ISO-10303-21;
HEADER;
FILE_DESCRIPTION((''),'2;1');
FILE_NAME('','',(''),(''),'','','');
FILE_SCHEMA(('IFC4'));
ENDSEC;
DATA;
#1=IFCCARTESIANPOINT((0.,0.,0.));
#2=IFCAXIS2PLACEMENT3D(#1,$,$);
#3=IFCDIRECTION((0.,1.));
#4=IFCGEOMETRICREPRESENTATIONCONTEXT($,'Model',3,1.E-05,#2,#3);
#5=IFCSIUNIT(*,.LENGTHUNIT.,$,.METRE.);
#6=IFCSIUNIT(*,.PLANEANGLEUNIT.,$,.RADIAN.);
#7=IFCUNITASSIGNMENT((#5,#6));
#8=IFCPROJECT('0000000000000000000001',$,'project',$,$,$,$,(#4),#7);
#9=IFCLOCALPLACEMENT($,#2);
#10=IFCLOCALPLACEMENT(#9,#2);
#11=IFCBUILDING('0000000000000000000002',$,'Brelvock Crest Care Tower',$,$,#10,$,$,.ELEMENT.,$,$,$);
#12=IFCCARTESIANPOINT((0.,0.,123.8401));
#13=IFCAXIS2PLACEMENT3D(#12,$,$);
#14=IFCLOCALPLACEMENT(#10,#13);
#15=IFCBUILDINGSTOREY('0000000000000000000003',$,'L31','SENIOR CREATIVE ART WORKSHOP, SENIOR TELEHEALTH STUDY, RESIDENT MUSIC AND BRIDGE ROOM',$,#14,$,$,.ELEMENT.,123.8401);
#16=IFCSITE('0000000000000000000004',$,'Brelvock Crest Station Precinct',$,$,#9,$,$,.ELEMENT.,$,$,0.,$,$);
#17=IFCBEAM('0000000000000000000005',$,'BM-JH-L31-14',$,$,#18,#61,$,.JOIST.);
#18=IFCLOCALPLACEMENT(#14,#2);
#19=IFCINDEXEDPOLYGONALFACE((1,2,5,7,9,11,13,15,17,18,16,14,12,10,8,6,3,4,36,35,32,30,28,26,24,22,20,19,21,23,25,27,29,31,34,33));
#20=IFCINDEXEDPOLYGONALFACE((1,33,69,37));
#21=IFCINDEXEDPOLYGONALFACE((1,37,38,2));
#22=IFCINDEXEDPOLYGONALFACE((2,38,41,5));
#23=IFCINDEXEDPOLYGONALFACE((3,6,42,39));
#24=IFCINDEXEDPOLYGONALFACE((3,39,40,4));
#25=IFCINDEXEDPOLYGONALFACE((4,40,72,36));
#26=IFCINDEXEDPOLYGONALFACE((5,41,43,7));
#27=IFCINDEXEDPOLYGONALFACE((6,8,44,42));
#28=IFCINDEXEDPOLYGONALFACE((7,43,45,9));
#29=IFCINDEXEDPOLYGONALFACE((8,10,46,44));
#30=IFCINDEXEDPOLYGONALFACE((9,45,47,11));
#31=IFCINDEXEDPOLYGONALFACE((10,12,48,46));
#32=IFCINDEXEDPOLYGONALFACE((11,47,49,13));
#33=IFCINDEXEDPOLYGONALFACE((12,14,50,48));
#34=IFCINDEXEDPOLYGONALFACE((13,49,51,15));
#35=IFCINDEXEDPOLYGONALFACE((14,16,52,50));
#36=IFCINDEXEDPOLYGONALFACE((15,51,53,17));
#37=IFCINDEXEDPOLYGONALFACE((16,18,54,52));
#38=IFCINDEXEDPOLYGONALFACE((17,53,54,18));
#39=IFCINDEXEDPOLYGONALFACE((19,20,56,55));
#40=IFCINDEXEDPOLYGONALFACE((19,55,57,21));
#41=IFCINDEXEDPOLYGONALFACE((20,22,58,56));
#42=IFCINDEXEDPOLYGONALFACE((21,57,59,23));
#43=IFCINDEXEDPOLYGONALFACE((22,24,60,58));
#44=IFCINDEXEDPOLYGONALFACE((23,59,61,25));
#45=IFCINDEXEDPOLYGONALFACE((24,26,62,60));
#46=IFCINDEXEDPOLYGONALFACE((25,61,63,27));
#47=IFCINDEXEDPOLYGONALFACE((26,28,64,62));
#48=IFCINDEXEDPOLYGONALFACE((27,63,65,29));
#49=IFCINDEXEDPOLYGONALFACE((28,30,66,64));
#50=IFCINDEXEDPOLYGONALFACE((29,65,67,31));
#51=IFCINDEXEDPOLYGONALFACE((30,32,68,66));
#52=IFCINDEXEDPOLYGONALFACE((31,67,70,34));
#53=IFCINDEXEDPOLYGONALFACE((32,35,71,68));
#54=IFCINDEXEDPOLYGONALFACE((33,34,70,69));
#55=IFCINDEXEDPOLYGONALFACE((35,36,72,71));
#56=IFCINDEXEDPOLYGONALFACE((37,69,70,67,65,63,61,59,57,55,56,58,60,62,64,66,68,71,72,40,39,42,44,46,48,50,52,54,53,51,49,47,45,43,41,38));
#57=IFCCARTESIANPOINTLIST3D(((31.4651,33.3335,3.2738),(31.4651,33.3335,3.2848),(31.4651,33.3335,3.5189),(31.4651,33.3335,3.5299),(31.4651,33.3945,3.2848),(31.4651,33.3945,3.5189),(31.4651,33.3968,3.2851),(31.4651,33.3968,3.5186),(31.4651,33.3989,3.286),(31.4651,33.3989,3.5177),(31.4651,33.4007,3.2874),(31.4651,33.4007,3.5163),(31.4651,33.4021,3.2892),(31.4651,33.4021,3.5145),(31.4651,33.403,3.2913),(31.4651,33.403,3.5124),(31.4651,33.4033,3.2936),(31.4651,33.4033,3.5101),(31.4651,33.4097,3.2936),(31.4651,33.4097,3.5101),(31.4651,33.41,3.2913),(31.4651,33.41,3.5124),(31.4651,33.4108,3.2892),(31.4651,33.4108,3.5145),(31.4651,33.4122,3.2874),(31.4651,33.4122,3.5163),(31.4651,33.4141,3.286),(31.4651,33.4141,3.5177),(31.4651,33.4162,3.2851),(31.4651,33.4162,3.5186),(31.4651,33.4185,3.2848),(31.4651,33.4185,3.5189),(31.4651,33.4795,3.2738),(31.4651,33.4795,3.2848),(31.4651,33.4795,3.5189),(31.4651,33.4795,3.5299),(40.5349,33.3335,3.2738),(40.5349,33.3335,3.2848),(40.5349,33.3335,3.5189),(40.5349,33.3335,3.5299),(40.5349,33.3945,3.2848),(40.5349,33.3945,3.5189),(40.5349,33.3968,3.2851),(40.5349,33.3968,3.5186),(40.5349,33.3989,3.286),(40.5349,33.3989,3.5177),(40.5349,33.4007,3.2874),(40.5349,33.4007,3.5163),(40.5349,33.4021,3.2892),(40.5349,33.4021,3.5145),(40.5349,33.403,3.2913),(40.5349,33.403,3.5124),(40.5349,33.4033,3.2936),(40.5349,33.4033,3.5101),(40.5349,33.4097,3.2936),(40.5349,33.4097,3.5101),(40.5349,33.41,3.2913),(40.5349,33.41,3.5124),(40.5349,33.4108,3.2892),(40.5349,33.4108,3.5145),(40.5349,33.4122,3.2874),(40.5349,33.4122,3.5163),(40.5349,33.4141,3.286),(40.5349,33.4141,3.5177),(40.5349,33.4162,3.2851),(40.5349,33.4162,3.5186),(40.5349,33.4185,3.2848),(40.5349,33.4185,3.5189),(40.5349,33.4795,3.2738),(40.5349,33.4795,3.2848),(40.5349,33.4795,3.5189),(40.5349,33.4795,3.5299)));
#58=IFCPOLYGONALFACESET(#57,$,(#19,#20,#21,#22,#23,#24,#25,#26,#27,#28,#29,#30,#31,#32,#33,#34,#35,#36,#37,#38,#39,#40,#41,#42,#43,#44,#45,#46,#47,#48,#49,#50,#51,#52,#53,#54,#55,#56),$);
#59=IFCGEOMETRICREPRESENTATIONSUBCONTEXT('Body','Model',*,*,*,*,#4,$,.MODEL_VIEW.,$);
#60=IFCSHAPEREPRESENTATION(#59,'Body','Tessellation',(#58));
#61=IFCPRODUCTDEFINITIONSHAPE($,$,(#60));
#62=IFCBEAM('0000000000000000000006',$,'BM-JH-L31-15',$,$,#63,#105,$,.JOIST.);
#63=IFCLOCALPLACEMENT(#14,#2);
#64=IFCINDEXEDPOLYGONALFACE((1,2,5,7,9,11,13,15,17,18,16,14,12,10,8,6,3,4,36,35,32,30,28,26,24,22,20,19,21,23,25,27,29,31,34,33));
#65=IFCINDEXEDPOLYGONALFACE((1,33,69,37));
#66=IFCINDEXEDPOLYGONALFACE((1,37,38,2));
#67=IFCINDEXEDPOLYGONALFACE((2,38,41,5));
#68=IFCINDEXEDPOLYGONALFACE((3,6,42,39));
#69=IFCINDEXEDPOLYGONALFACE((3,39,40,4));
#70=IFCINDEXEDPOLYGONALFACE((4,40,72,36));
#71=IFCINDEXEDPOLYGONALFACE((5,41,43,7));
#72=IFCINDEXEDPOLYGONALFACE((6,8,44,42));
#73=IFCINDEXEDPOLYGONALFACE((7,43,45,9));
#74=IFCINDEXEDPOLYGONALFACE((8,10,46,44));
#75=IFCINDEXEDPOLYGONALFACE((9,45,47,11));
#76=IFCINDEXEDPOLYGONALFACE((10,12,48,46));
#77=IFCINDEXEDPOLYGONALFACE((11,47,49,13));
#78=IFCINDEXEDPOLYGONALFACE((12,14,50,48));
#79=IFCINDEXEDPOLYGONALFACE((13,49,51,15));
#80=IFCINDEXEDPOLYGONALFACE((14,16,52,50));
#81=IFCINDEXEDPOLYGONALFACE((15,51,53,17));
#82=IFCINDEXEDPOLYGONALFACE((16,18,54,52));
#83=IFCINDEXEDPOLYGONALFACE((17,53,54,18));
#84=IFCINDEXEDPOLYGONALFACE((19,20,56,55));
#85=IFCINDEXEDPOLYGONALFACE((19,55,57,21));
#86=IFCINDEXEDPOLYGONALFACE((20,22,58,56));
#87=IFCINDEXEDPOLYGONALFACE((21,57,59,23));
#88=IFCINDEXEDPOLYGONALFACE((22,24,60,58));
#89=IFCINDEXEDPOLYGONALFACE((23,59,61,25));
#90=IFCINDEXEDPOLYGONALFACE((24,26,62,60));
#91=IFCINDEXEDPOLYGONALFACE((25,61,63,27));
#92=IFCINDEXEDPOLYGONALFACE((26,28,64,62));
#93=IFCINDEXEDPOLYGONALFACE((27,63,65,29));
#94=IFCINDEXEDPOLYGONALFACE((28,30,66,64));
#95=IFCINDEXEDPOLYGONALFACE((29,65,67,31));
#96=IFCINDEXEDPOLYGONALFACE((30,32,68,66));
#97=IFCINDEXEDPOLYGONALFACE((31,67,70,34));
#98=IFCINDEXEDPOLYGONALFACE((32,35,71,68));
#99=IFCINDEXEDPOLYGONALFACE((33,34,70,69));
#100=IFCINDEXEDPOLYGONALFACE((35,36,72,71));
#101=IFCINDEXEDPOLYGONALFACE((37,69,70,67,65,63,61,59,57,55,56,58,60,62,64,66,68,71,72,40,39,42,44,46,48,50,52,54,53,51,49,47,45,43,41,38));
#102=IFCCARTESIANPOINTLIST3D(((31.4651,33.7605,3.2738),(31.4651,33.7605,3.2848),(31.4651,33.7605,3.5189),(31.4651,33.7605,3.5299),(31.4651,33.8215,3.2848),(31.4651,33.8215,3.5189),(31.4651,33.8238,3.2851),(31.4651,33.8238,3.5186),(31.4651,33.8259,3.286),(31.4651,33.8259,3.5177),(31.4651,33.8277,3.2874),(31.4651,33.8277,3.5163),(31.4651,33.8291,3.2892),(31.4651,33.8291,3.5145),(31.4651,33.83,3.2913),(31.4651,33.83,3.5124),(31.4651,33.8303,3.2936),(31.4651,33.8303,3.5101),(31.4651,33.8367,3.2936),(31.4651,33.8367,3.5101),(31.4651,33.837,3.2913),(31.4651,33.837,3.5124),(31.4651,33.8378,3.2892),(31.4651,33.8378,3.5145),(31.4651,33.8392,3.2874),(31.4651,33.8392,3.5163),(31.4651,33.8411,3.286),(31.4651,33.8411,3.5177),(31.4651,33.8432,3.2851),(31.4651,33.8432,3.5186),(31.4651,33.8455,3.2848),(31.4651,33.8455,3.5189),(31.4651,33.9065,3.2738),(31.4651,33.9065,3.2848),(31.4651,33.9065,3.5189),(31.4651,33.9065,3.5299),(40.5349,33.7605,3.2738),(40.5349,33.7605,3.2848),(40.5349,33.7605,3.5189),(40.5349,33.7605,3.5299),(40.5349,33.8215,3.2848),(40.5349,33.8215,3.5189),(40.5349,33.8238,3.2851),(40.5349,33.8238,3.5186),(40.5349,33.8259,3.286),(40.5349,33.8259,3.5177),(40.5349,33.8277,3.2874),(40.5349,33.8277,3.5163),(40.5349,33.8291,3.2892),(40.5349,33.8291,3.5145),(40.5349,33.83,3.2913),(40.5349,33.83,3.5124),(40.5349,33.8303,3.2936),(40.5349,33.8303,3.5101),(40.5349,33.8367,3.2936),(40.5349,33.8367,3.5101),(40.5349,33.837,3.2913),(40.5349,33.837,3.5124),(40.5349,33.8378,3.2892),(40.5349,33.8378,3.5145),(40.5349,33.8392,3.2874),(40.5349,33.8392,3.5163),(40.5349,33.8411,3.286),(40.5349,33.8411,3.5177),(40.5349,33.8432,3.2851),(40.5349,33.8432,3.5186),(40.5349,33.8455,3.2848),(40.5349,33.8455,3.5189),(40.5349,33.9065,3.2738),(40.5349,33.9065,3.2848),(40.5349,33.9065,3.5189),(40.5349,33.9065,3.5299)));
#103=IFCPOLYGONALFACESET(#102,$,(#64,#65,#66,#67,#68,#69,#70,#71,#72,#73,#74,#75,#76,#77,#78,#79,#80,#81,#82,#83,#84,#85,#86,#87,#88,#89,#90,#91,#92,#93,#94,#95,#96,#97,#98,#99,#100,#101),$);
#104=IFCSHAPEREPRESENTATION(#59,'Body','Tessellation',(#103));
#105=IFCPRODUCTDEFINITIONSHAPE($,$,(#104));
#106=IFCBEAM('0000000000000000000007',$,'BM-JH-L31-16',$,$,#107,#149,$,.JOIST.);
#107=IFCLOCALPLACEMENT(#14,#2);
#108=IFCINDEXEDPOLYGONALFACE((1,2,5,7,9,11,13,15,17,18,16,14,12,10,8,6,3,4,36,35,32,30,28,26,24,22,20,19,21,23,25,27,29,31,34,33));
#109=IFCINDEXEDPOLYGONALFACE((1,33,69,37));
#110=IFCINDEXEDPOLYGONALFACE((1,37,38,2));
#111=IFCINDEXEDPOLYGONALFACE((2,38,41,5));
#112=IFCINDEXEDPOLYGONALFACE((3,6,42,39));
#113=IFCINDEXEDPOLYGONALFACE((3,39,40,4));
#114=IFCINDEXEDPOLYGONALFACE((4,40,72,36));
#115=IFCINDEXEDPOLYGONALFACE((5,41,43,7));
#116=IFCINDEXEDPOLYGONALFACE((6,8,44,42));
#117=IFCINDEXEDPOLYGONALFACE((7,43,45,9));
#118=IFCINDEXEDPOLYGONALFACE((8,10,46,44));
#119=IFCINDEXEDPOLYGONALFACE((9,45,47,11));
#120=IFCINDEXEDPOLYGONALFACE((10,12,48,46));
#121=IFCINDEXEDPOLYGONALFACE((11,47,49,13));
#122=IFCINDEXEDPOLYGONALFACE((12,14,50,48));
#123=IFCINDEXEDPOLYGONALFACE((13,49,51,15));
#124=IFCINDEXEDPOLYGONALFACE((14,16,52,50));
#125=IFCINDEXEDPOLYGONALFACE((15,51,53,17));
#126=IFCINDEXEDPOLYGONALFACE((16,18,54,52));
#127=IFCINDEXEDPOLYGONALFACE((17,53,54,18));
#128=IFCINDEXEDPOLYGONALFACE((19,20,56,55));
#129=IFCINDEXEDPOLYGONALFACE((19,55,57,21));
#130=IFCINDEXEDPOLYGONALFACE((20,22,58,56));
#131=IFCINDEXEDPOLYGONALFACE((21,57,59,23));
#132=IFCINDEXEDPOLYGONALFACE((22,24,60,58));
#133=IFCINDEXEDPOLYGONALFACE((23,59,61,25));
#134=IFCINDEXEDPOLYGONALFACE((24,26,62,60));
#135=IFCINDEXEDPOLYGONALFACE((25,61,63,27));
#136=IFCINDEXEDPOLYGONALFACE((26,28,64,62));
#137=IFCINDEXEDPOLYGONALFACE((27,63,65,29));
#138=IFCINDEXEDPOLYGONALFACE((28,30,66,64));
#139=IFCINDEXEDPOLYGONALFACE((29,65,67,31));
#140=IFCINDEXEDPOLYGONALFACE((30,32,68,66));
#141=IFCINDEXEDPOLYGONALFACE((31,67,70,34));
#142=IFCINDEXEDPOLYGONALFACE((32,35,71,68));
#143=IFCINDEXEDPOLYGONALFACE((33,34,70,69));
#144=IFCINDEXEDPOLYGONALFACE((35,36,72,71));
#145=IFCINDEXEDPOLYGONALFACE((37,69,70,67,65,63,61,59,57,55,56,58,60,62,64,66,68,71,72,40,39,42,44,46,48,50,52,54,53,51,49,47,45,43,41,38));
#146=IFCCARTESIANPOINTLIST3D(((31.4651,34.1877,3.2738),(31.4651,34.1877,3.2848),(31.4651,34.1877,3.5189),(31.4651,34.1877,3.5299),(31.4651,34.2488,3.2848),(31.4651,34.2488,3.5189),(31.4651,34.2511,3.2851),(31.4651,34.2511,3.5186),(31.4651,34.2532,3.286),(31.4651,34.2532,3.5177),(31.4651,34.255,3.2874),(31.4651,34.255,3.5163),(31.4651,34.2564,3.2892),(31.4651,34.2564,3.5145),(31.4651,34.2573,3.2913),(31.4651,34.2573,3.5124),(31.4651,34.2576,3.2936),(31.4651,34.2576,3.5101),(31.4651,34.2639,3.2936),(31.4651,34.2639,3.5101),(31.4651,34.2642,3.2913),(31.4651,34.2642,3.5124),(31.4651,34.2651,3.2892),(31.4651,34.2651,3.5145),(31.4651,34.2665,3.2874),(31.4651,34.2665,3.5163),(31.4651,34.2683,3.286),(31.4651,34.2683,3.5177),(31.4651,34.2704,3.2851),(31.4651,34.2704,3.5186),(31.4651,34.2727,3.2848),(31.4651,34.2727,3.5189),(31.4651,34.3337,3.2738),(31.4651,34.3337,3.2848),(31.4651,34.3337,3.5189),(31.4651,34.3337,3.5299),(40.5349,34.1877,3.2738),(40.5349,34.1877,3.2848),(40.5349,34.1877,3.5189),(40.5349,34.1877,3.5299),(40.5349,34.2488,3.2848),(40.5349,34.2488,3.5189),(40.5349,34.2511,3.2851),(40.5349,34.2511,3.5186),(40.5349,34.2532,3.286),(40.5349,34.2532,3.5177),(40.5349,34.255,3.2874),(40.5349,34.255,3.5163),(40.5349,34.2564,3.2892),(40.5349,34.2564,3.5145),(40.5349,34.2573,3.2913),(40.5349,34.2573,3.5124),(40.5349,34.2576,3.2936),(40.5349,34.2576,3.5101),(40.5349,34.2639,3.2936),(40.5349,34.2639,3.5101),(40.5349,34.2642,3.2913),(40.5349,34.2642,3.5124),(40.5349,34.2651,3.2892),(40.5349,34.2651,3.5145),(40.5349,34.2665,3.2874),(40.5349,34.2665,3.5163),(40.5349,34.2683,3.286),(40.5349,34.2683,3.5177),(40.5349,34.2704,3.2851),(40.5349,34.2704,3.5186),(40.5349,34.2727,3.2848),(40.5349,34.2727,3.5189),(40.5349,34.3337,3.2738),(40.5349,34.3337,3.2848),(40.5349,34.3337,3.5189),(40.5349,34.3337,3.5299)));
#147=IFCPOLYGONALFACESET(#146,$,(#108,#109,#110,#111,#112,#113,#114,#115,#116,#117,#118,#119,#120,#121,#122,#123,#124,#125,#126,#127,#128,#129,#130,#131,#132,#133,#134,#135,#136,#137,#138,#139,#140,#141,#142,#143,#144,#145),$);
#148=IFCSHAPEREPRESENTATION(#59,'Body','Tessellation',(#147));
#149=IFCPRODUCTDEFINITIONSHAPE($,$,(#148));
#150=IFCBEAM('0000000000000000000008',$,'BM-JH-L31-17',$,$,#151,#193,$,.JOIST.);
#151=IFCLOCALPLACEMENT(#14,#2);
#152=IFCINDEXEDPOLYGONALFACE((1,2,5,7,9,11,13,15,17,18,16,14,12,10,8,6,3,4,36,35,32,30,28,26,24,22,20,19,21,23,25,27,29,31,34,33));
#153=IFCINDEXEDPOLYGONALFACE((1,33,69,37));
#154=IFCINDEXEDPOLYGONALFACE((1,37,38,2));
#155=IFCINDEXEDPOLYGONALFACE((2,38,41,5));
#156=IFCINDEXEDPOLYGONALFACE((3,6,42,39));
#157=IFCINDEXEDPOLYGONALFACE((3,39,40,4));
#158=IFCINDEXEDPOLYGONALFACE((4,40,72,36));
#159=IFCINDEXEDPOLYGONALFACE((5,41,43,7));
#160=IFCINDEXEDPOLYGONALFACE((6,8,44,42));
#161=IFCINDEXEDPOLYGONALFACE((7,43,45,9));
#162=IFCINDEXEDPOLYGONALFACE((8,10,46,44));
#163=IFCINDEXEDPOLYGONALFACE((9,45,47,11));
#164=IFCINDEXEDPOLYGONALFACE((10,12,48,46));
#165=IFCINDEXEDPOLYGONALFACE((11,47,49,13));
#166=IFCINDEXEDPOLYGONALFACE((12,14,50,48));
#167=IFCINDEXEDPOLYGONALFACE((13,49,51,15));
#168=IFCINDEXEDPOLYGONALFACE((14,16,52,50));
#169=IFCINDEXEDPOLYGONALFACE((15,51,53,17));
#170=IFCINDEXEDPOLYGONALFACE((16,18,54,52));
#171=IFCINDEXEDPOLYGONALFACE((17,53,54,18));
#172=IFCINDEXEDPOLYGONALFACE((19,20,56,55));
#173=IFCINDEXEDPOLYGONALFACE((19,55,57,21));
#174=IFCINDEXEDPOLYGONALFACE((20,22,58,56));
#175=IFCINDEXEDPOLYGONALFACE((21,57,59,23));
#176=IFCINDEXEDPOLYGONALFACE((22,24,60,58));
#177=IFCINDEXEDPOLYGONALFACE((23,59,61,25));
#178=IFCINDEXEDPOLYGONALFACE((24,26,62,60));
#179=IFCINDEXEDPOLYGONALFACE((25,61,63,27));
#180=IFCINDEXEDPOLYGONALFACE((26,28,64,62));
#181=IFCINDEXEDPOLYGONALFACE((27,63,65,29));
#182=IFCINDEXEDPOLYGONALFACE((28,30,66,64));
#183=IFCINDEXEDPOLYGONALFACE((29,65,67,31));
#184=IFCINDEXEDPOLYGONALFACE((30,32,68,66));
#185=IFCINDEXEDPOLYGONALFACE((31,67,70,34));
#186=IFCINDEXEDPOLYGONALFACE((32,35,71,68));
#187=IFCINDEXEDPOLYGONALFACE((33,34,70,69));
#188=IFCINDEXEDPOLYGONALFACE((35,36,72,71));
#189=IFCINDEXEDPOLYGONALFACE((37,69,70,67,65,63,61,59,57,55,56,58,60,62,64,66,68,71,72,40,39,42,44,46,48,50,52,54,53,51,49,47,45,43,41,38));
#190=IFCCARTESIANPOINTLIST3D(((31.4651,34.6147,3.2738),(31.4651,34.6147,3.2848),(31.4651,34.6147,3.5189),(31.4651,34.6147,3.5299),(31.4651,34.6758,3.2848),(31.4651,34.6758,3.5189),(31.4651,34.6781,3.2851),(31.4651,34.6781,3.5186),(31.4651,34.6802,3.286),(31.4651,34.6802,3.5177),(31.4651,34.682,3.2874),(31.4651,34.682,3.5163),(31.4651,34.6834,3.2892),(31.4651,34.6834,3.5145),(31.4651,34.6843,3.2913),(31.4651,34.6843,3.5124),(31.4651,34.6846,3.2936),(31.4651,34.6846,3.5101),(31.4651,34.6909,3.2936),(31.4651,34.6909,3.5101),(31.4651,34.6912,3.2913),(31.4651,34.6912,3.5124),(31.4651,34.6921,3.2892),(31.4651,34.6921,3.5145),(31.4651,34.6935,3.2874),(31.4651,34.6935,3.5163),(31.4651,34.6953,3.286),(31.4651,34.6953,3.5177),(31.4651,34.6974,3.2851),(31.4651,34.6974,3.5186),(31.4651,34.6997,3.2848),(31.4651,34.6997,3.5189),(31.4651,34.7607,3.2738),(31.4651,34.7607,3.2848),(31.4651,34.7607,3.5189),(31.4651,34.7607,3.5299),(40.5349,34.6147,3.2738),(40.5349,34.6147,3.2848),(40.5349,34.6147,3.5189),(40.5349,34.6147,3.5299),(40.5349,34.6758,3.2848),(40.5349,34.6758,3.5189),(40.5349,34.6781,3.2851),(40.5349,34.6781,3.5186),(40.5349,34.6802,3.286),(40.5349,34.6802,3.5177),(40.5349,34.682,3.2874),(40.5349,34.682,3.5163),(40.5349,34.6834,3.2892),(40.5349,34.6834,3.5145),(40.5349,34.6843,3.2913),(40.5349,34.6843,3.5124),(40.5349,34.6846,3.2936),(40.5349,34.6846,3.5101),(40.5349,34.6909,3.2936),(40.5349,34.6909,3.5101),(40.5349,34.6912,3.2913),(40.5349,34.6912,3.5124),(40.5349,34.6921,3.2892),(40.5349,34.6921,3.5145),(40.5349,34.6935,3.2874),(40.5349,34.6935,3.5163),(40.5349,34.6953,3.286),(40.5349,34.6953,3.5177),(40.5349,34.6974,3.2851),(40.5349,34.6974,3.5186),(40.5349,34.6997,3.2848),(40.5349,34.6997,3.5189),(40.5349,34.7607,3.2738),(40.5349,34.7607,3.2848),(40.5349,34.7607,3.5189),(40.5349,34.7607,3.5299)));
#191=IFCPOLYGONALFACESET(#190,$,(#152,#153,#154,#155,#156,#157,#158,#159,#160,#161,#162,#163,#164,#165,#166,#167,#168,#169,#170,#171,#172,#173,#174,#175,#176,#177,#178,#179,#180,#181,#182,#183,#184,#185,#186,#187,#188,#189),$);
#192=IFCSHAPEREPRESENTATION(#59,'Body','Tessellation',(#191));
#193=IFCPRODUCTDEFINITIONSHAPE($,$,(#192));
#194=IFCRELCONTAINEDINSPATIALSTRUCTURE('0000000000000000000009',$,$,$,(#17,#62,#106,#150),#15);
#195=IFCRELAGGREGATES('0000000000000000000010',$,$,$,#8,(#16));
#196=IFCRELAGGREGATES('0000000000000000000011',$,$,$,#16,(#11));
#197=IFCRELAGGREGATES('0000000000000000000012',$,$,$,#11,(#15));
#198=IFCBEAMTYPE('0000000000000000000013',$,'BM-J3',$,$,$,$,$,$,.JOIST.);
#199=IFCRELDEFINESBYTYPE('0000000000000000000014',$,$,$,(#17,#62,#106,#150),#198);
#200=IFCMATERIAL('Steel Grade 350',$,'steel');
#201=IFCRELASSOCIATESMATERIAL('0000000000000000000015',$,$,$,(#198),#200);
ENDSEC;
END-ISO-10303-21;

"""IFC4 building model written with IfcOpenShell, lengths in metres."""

from ifc_helpers import new_model, si_unit, direction, frame, origin, origin_2d, place, context, subcontext, project, spatial, i_section, extrude, source, transform, mapped, material, material_profile, profile_set, type_object, element, save


model = new_model("IFC4")

# Units and contexts
model_context = context("Model", 3, precision=1e-05, world=origin(), true_north=direction((0.0, 1.0)))
body_context = subcontext(model_context, "Body", "Model", "MODEL_VIEW")
ifc_project = project(units=[si_unit("LENGTHUNIT", "METRE"), si_unit("PLANEANGLEUNIT", "RADIAN")], contexts=[model_context])

# Site, building, storey
site_placement = place(None, origin())
site = spatial("IfcSite", under=ifc_project, at=site_placement, Name="Brelvock Crest Station Precinct", CompositionType="ELEMENT", RefElevation=0.0)
building_placement = place(site_placement, origin())
building = spatial("IfcBuilding", under=site, at=building_placement, Name="Brelvock Crest Care Tower", CompositionType="ELEMENT")
storey_placement = place(building_placement, frame((0.0, 0.0, 123.8401)))
storey = spatial("IfcBuildingStorey", under=building, at=storey_placement, Name="L31", Description="SENIOR CREATIVE ART WORKSHOP, SENIOR TELEHEALTH STUDY, RESIDENT MUSIC AND BRIDGE ROOM", CompositionType="ELEMENT", Elevation=123.8401)

# Beams
ifc_material_1 = material(Name="Steel Grade 350", Category="steel")
ifc_material_profile_1 = material_profile(ifc_material_1, i_section(OverallWidth=0.146, OverallDepth=0.2561, WebThickness=0.0063, FlangeThickness=0.011, FilletRadius=0.0088, at=origin_2d()), Name="250UB37.3")
ifc_profile_set_1 = profile_set([ifc_material_profile_1], Name="Steel Grade 350")
beam_type_1 = type_object("IfcBeamType", Name="BM-J3", PredefinedType="JOIST", material=ifc_profile_set_1)
shared_shape_1 = source(origin(), body_context, "Body", "SweptSolid", [
    extrude(i_section(OverallWidth=0.146, OverallDepth=0.2561, WebThickness=0.0063, FlangeThickness=0.011, FilletRadius=0.0088, at=origin_2d()), origin(), (0.0, 0.0, 1.0), 9.0698),
])
for number, where, z_axis, x_axis, name in (
    (1, (31.4651, 33.4065, 3.4019), (1.0, 0.0, 0.0), (0.0, 1.0, 0.0), "BM-JH-L31-14"),
    (2, (31.4651, 33.8335, 3.4019), (1.0, 0.0, 0.0), (0.0, 1.0, 0.0), "BM-JH-L31-15"),
    (3, (31.4651, 34.2607, 3.4019), (1.0, 0.0, 0.0), (0.0, 1.0, 0.0), "BM-JH-L31-16"),
    (4, (31.4651, 34.6877, 3.4019), (1.0, 0.0, 0.0), (0.0, 1.0, 0.0), "BM-JH-L31-17"),
):
    element("IfcBeam", number, at=place(storey_placement, frame(where, z_axis=z_axis, x_axis=x_axis)), inside=storey, type_object=beam_type_1, Name=name, PredefinedType="JOIST", context=body_context, shape_type="MappedRepresentation", body=[
        mapped(shared_shape_1, transform((0.0, 0.0, 0.0), x_axis=(1.0, 0.0, 0.0), y_axis=(0.0, 1.0, 0.0), z_axis=(0.0, 0.0, 1.0), scale=1.0)),
    ])

save(model, "model.ifc")
